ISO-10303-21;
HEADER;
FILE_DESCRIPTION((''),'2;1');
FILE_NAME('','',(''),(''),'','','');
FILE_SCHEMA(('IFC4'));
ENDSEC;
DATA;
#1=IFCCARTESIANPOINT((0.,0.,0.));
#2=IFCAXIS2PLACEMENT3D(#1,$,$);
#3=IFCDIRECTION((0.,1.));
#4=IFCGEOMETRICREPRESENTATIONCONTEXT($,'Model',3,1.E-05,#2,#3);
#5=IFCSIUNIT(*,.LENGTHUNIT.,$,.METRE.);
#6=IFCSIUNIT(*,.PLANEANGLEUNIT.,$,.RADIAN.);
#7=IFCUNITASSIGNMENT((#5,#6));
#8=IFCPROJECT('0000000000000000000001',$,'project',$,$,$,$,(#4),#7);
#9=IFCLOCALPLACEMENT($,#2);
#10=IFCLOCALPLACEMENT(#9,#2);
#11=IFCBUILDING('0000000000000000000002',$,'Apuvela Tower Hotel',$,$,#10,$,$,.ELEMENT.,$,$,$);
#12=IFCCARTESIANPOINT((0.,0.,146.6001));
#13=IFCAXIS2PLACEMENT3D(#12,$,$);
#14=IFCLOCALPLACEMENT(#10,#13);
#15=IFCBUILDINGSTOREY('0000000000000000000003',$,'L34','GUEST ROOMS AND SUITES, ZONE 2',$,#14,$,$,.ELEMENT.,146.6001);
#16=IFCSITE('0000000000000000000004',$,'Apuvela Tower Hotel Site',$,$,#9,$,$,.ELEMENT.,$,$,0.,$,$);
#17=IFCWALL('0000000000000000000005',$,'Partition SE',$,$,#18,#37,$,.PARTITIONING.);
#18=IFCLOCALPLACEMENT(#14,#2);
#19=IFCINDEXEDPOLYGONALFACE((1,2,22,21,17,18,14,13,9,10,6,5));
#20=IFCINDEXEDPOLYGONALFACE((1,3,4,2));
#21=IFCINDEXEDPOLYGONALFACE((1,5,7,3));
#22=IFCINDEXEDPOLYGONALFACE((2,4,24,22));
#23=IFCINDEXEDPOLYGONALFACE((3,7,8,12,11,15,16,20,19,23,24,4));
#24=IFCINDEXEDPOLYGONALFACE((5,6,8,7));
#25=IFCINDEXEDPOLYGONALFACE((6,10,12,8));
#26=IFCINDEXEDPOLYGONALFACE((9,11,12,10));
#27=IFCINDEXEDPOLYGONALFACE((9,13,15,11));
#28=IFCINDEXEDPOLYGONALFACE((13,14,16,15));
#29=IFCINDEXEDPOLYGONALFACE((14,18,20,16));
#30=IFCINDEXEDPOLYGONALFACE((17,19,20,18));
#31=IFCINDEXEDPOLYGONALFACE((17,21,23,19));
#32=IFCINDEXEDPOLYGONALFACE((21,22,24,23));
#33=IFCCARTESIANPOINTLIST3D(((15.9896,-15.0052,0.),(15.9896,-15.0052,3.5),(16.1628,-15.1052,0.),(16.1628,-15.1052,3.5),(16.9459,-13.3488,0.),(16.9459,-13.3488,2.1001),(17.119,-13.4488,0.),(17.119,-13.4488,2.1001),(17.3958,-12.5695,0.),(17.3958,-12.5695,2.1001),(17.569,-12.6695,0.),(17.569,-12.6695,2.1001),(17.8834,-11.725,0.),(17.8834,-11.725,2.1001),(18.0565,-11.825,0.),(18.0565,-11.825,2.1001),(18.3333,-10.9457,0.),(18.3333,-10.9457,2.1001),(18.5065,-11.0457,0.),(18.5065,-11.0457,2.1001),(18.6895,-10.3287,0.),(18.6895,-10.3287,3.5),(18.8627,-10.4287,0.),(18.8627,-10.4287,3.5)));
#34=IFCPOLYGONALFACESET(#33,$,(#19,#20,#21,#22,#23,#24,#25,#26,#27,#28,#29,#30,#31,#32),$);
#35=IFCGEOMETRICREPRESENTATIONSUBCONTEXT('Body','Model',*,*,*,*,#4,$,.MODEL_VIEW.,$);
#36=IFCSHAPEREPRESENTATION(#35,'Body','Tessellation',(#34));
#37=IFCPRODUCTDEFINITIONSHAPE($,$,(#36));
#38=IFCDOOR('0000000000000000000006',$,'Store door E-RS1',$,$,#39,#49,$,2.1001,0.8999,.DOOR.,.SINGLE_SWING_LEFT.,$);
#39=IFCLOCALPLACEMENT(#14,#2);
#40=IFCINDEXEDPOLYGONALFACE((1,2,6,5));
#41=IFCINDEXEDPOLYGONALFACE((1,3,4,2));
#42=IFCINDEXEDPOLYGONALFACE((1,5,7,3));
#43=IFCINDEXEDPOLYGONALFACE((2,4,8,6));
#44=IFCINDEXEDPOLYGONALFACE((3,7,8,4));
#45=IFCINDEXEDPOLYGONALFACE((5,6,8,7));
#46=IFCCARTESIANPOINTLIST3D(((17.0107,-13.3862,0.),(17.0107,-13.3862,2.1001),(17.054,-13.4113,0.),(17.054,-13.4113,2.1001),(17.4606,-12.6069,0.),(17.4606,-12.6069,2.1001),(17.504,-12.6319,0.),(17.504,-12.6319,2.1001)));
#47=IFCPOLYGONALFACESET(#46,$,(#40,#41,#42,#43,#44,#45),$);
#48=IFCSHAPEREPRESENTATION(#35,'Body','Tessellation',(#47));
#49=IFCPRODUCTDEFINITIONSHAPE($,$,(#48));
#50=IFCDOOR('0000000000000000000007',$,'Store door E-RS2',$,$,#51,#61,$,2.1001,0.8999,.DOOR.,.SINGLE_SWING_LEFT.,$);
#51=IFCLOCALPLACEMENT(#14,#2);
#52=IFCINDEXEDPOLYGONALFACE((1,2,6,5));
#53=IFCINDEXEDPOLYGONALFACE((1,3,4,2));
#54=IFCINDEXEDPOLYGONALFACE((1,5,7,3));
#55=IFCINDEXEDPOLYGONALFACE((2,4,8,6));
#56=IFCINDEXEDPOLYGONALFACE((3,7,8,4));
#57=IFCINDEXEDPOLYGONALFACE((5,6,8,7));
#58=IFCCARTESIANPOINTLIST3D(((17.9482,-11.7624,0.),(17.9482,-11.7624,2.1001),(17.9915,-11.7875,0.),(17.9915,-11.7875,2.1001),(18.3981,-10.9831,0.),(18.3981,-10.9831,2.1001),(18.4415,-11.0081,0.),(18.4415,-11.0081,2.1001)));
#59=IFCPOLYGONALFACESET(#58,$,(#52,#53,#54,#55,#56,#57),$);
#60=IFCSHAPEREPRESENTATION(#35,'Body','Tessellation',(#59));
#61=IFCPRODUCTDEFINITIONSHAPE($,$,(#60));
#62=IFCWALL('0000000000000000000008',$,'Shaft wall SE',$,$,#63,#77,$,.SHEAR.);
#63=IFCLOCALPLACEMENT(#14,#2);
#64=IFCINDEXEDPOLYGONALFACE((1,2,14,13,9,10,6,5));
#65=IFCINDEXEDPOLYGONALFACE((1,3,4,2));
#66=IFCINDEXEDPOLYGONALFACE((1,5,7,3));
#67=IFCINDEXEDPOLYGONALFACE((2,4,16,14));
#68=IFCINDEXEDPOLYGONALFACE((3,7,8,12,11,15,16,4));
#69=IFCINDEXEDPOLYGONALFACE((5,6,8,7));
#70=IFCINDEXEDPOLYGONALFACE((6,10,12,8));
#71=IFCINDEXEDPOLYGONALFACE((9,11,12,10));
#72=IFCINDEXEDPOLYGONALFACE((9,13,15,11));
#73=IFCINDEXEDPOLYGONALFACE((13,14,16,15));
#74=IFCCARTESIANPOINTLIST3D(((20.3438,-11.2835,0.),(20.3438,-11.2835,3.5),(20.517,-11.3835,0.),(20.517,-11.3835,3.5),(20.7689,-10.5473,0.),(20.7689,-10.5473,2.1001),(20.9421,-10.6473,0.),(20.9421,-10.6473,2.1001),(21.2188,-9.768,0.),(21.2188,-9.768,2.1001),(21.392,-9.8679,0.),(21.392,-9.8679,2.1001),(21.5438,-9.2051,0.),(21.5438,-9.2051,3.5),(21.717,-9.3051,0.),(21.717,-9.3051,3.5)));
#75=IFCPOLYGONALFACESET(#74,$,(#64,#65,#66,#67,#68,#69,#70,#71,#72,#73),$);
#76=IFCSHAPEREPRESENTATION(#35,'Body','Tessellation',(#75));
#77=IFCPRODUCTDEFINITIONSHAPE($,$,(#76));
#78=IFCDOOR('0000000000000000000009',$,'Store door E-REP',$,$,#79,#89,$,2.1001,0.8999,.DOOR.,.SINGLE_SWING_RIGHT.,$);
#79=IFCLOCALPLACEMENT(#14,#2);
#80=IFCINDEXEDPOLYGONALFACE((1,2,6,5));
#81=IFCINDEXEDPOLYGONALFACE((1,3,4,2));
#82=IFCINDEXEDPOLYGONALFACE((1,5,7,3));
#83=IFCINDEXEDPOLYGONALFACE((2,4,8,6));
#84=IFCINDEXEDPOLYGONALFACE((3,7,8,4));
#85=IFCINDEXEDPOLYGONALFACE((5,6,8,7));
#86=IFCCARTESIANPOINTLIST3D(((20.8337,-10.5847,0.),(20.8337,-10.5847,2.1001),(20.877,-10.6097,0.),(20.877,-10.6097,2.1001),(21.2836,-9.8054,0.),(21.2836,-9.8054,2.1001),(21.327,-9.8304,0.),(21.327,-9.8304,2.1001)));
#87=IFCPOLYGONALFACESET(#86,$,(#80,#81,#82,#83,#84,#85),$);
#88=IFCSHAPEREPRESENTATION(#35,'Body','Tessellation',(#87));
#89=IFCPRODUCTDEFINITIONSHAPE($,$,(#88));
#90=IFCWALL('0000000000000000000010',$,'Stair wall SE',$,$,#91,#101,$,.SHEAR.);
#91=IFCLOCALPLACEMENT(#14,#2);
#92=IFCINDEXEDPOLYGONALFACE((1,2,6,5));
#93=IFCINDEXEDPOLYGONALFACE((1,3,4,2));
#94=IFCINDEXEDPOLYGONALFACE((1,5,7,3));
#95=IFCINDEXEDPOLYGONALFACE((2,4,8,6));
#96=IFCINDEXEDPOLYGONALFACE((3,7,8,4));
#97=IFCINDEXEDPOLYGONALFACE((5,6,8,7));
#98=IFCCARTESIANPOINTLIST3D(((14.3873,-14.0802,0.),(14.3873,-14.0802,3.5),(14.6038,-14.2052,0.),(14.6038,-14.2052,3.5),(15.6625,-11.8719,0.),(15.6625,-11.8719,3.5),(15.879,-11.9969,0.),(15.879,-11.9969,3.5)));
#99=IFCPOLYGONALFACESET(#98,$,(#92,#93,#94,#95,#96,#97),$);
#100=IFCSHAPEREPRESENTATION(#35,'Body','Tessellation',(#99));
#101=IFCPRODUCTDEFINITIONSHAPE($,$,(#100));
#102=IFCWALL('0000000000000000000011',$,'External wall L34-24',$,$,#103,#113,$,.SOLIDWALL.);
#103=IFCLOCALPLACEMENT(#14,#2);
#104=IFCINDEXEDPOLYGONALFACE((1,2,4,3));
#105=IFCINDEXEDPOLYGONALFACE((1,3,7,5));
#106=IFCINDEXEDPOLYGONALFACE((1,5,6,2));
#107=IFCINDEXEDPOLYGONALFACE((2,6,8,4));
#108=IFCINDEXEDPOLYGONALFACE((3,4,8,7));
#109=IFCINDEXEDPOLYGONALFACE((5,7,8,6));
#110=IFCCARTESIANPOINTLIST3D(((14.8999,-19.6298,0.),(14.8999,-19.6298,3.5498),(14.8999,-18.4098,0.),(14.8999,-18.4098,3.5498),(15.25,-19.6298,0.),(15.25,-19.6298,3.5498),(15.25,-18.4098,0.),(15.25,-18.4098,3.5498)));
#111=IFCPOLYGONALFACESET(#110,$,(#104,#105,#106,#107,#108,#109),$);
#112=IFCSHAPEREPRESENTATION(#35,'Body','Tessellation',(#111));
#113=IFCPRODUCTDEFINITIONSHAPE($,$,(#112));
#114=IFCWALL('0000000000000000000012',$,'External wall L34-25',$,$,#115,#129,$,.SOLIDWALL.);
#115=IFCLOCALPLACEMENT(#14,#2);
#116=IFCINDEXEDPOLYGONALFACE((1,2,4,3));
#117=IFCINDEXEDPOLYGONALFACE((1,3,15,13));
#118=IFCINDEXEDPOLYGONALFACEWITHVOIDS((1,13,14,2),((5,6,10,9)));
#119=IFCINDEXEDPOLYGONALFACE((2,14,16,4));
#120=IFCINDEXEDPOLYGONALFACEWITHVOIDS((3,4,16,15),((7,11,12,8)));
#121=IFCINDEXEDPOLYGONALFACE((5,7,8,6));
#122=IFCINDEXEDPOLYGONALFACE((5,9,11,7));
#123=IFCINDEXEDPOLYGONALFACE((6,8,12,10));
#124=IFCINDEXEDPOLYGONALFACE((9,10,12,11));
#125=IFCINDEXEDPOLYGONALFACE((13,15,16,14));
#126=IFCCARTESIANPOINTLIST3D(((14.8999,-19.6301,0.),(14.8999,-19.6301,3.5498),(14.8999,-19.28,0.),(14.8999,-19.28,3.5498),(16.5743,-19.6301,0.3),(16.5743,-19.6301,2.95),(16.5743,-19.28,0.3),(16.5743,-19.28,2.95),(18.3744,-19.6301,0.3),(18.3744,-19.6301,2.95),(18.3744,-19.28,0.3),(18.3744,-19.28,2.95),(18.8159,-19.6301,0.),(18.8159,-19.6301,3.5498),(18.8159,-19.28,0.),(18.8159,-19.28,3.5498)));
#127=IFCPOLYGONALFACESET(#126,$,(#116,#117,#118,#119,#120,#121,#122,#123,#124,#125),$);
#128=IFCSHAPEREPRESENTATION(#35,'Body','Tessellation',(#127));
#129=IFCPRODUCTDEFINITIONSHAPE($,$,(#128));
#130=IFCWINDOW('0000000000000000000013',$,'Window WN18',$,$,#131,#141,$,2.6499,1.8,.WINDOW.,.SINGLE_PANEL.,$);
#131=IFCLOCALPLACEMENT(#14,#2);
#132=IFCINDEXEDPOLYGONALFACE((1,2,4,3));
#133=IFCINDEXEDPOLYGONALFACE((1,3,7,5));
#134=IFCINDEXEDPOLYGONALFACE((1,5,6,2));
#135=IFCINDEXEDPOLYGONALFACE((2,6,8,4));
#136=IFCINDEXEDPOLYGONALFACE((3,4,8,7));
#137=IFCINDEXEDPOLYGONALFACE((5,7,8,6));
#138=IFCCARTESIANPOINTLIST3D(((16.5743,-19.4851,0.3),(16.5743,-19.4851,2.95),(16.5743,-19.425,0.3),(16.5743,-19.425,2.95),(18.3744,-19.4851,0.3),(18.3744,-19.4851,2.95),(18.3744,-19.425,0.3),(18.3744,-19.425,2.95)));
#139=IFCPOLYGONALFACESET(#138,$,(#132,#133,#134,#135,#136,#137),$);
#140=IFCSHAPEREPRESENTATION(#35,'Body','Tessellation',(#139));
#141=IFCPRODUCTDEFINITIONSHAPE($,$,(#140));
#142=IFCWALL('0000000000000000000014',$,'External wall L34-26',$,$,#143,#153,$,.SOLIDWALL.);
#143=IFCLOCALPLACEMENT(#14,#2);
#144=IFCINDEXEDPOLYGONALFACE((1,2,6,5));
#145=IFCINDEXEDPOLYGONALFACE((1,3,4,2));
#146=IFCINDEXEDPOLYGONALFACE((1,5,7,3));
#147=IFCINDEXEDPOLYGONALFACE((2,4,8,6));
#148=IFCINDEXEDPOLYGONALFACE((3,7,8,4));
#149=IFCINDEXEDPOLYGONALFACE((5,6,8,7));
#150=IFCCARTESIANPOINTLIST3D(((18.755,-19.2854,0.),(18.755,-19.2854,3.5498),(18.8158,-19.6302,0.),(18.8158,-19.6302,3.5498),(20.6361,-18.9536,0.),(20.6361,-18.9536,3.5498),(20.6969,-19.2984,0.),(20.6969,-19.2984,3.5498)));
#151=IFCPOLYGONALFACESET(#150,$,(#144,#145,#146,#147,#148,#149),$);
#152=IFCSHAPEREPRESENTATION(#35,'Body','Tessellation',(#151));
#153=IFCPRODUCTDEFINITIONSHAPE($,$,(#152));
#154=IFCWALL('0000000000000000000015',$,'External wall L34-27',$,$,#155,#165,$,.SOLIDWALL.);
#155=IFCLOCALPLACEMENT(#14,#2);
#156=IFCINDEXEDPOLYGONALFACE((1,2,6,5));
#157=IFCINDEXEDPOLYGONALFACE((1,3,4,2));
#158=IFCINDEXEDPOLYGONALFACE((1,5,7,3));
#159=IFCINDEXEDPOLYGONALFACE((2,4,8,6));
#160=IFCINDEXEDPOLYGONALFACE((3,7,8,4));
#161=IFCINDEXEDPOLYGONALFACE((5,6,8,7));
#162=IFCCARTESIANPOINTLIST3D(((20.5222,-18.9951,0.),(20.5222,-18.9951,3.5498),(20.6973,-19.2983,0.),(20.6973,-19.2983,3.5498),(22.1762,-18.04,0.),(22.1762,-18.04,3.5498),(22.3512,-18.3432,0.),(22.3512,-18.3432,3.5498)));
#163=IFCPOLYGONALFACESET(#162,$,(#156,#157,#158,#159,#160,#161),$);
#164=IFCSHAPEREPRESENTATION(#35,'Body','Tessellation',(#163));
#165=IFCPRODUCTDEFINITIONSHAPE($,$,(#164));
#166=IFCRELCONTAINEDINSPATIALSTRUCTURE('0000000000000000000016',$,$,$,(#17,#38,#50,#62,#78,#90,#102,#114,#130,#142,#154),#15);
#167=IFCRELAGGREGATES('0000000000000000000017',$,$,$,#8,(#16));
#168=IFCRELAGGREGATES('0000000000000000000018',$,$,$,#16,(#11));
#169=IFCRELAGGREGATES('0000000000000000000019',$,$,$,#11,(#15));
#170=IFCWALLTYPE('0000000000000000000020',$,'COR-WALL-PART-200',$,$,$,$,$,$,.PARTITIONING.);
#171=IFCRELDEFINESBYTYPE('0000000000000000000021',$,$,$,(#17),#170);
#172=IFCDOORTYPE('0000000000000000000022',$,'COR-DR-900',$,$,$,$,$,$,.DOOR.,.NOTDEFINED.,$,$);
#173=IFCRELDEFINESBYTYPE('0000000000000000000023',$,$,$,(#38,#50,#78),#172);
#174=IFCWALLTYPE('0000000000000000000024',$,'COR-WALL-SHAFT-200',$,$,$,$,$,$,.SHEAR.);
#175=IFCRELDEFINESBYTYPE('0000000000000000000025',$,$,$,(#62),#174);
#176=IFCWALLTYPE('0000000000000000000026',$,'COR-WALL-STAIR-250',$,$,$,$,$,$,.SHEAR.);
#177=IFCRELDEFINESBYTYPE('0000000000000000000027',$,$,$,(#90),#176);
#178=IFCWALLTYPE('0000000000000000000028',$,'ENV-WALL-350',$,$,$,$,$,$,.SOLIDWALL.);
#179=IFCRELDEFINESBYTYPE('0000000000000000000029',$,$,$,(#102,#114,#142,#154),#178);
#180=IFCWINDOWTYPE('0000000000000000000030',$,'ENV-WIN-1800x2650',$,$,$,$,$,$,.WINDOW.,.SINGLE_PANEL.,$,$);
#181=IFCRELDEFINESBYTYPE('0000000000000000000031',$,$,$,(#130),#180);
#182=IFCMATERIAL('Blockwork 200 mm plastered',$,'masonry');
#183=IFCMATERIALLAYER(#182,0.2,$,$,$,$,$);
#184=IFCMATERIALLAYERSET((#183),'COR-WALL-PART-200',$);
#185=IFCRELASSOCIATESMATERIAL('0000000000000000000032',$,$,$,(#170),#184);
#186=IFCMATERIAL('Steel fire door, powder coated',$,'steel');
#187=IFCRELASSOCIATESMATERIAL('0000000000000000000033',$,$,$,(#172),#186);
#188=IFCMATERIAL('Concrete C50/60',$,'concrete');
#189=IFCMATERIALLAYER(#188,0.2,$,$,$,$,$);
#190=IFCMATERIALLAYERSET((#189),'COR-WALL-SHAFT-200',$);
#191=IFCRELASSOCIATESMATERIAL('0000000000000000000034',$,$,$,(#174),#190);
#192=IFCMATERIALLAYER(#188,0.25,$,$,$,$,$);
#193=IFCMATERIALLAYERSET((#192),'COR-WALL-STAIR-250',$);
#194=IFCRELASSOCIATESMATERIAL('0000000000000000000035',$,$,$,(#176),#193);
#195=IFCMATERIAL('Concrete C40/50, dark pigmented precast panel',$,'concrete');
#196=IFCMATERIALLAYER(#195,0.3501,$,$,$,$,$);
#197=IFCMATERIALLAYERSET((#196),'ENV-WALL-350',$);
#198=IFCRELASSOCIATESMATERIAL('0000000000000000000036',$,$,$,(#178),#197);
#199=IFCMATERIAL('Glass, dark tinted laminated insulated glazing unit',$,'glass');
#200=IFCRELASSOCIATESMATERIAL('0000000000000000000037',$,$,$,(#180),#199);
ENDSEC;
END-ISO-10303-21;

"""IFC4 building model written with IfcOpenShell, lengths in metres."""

from ifc_helpers import new_model, si_unit, direction, frame, frame_2d, origin, place, context, subcontext, project, spatial, rectangle, extrude, material, layer, layer_set, type_object, element, fill, save


model = new_model("IFC4")

# Units and contexts
model_context = context("Model", 3, precision=1e-05, world=origin(), true_north=direction((0.0, 1.0)))
body_context = subcontext(model_context, "Body", "Model", "MODEL_VIEW")
ifc_project = project(units=[si_unit("LENGTHUNIT", "METRE"), si_unit("PLANEANGLEUNIT", "RADIAN")], contexts=[model_context])

# Site, building, storey
site_placement = place(None, origin())
site = spatial("IfcSite", under=ifc_project, at=site_placement, Name="Apuvela Tower Hotel Site", CompositionType="ELEMENT", RefElevation=0.0)
building_placement = place(site_placement, origin())
building = spatial("IfcBuilding", under=site, at=building_placement, Name="Apuvela Tower Hotel", CompositionType="ELEMENT")
storey_placement = place(building_placement, frame((0.0, 0.0, 146.6001)))
storey = spatial("IfcBuildingStorey", under=building, at=storey_placement, Name="L34", Description="GUEST ROOMS AND SUITES, ZONE 2", CompositionType="ELEMENT", Elevation=146.6001)

# Wall, openings, doors
ifc_material_1 = material(Name="Blockwork 200 mm plastered", Category="masonry")
ifc_layer_1 = layer(ifc_material_1, 0.2)
ifc_layer_set_1 = layer_set([ifc_layer_1], Name="COR-WALL-PART-200")
wall_type_1 = type_object("IfcWallType", Name="COR-WALL-PART-200", PredefinedType="PARTITIONING", material=ifc_layer_set_1)
wall_1_placement = place(storey_placement, frame((16.0762, -15.0552, 0.0), z_axis=(0.0, 0.0, 1.0), x_axis=(0.499995, 0.866028, 0.0)))
wall_1 = element("IfcWall", 1, at=wall_1_placement, inside=storey, type_object=wall_type_1, Name="Partition SE", PredefinedType="PARTITIONING", context=body_context, shape_type="SweptSolid", body=[
    extrude(rectangle(XDim=5.3999, YDim=0.2, at=frame_2d((2.7, 0.0))), origin(), (0.0, 0.0, 1.0), 3.5),
])
opening_1_placement = place(wall_1_placement, frame((1.9126, 0.0, 0.0)))
opening_1 = element("IfcOpeningElement", 2, at=opening_1_placement, cuts=wall_1, PredefinedType="OPENING", context=body_context, shape_type="SweptSolid", body=[
    extrude(rectangle(XDim=0.8999, YDim=2.1001, at=frame_2d((0.45, 1.05))), frame((0.0, 0.1099, 0.0), z_axis=(0.0, -1.0, 0.0), x_axis=(1.0, 0.0, 0.0)), (0.0, 0.0, 1.0), 0.22),
])
opening_2_placement = place(wall_1_placement, frame((3.7876, 0.0, 0.0)))
opening_2 = element("IfcOpeningElement", 3, at=opening_2_placement, cuts=wall_1, PredefinedType="OPENING", context=body_context, shape_type="SweptSolid", body=[
    extrude(rectangle(XDim=0.8999, YDim=2.1001, at=frame_2d((0.45, 1.05))), frame((0.0, 0.1099, 0.0), z_axis=(0.0, -1.0, 0.0), x_axis=(1.0, 0.0, 0.0)), (0.0, 0.0, 1.0), 0.22),
])
ifc_material_2 = material(Name="Steel fire door, powder coated", Category="steel")
door_type_1 = type_object("IfcDoorType", Name="COR-DR-900", OperationType="NOTDEFINED", PredefinedType="DOOR", material=ifc_material_2)
door_1_placement = place(opening_1_placement, frame((0.8999, 0.0, 0.0), z_axis=(0.0, 0.0, 1.0), x_axis=(-1.0, 0.0, 0.0)))
door_1 = element("IfcDoor", 4, at=door_1_placement, inside=storey, type_object=door_type_1, Name="Store door E-RS1", OperationType="SINGLE_SWING_LEFT", OverallHeight=2.1001, OverallWidth=0.8999, PredefinedType="DOOR", context=body_context, shape_type="SweptSolid", body=[
    extrude(rectangle(XDim=0.8999, YDim=2.1001, at=frame_2d((0.45, 1.05))), frame((0.0, 0.0249, 0.0), z_axis=(0.0, -1.0, 0.0), x_axis=(1.0, 0.0, 0.0)), (0.0, 0.0, 1.0), 0.05),
])
fill(opening_1, door_1)
door_2_placement = place(opening_2_placement, frame((0.8999, 0.0, 0.0), z_axis=(0.0, 0.0, 1.0), x_axis=(-1.0, 0.0, 0.0)))
door_2 = element("IfcDoor", 5, at=door_2_placement, inside=storey, type_object=door_type_1, Name="Store door E-RS2", OperationType="SINGLE_SWING_LEFT", OverallHeight=2.1001, OverallWidth=0.8999, PredefinedType="DOOR", context=body_context, shape_type="SweptSolid", body=[
    extrude(rectangle(XDim=0.8999, YDim=2.1001, at=frame_2d((0.45, 1.05))), frame((0.0, 0.0249, 0.0), z_axis=(0.0, -1.0, 0.0), x_axis=(1.0, 0.0, 0.0)), (0.0, 0.0, 1.0), 0.05),
])
fill(opening_2, door_2)

# Wall, opening, door
ifc_material_3 = material(Name="Concrete C50/60", Category="concrete")
ifc_layer_2 = layer(ifc_material_3, 0.2)
ifc_layer_set_2 = layer_set([ifc_layer_2], Name="COR-WALL-SHAFT-200")
wall_type_2 = type_object("IfcWallType", Name="COR-WALL-SHAFT-200", PredefinedType="SHEAR", material=ifc_layer_set_2)
wall_2_placement = place(storey_placement, frame((20.4304, -11.3335, 0.0), z_axis=(0.0, 0.0, 1.0), x_axis=(0.500001, 0.866025, 0.0)))
wall_2 = element("IfcWall", 6, at=wall_2_placement, inside=storey, type_object=wall_type_2, Name="Shaft wall SE", PredefinedType="SHEAR", context=body_context, shape_type="SweptSolid", body=[
    extrude(rectangle(XDim=2.3999, YDim=0.2, at=frame_2d((1.2, 0.0))), origin(), (0.0, 0.0, 1.0), 3.5),
])
opening_3_placement = place(wall_2_placement, frame((0.8501, 0.0, 0.0)))
opening_3 = element("IfcOpeningElement", 7, at=opening_3_placement, cuts=wall_2, PredefinedType="OPENING", context=body_context, shape_type="SweptSolid", body=[
    extrude(rectangle(XDim=0.8999, YDim=2.1001, at=frame_2d((0.45, 1.05))), frame((0.0, 0.1099, 0.0), z_axis=(0.0, -1.0, 0.0), x_axis=(1.0, 0.0, 0.0)), (0.0, 0.0, 1.0), 0.22),
])
door_3_placement = place(opening_3_placement, frame((0.8999, 0.0, 0.0), z_axis=(0.0, 0.0, 1.0), x_axis=(-1.0, 0.0, 0.0)))
door_3 = element("IfcDoor", 8, at=door_3_placement, inside=storey, type_object=door_type_1, Name="Store door E-REP", OperationType="SINGLE_SWING_RIGHT", OverallHeight=2.1001, OverallWidth=0.8999, PredefinedType="DOOR", context=body_context, shape_type="SweptSolid", body=[
    extrude(rectangle(XDim=0.8999, YDim=2.1001, at=frame_2d((0.45, 1.05))), frame((0.0, 0.0249, 0.0), z_axis=(0.0, -1.0, 0.0), x_axis=(1.0, 0.0, 0.0)), (0.0, 0.0, 1.0), 0.05),
])
fill(opening_3, door_3)

# Walls
ifc_layer_3 = layer(ifc_material_3, 0.25)
ifc_layer_set_3 = layer_set([ifc_layer_3], Name="COR-WALL-STAIR-250")
wall_type_3 = type_object("IfcWallType", Name="COR-WALL-STAIR-250", PredefinedType="SHEAR", material=ifc_layer_set_3)
wall_3_placement = place(storey_placement, frame((14.4956, -14.1426, 0.0), z_axis=(0.0, 0.0, 1.0), x_axis=(0.500062, 0.865989, 0.0)))
element("IfcWall", 9, at=wall_3_placement, inside=storey, type_object=wall_type_3, Name="Stair wall SE", PredefinedType="SHEAR", context=body_context, shape_type="SweptSolid", body=[
    extrude(rectangle(XDim=2.55, YDim=0.25, at=frame_2d((1.2749, 0.0))), origin(), (0.0, 0.0, 1.0), 3.5),
])
ifc_material_4 = material(Name="Concrete C40/50, dark pigmented precast panel", Category="concrete")
ifc_layer_4 = layer(ifc_material_4, 0.3501)
ifc_layer_set_4 = layer_set([ifc_layer_4], Name="ENV-WALL-350")
wall_type_4 = type_object("IfcWallType", Name="ENV-WALL-350", PredefinedType="SOLIDWALL", material=ifc_layer_set_4)
wall_4_placement = place(storey_placement, frame((15.075, -18.4099, 0.0), z_axis=(0.0, 0.0, 1.0), x_axis=(0.0, -1.0, 0.0)))
element("IfcWall", 10, at=wall_4_placement, inside=storey, type_object=wall_type_4, Name="External wall L34-24", PredefinedType="SOLIDWALL", context=body_context, shape_type="SweptSolid", body=[
    extrude(rectangle(XDim=1.22, YDim=0.3501, at=frame_2d((0.6099, 0.0))), origin(), (0.0, 0.0, 1.0), 3.5498),
])

# Wall, opening, window
wall_5_placement = place(storey_placement, frame((14.8999, -19.4551, 0.0), z_axis=(0.0, 0.0, 1.0), x_axis=(1.0, 0.0, 0.0)))
wall_5 = element("IfcWall", 11, at=wall_5_placement, inside=storey, type_object=wall_type_4, Name="External wall L34-25", PredefinedType="SOLIDWALL", context=body_context, shape_type="SweptSolid", body=[
    extrude(rectangle(XDim=3.916, YDim=0.3501, at=frame_2d((1.958, 0.0))), origin(), (0.0, 0.0, 1.0), 3.5498),
])
opening_4_placement = place(wall_5_placement, frame((1.6746, 0.0, 0.3)))
opening_4 = element("IfcOpeningElement", 12, at=opening_4_placement, cuts=wall_5, PredefinedType="OPENING", context=body_context, shape_type="SweptSolid", body=[
    extrude(rectangle(XDim=1.8, YDim=2.6499, at=frame_2d((0.8999, 1.325))), frame((0.0, 0.1851, 0.0), z_axis=(0.0, -1.0, 0.0), x_axis=(1.0, 0.0, 0.0)), (0.0, 0.0, 1.0), 0.3701),
])
ifc_material_5 = material(Name="Glass, dark tinted laminated insulated glazing unit", Category="glass")
window_type = type_object("IfcWindowType", Name="ENV-WIN-1800x2650", PartitioningType="SINGLE_PANEL", PredefinedType="WINDOW", material=ifc_material_5)
window_placement = place(opening_4_placement, origin())
window = element("IfcWindow", 13, at=window_placement, inside=storey, type_object=window_type, Name="Window WN18", OverallHeight=2.6499, OverallWidth=1.8, PartitioningType="SINGLE_PANEL", PredefinedType="WINDOW", context=body_context, shape_type="SweptSolid", body=[
    extrude(rectangle(XDim=1.8, YDim=2.6499, at=frame_2d((0.8999, 1.325))), frame((0.0, 0.03, 0.0), z_axis=(0.0, -1.0, 0.0), x_axis=(1.0, 0.0, 0.0)), (0.0, 0.0, 1.0), 0.0601),
])
fill(opening_4, window)

# Walls
wall_6_placement = place(storey_placement, frame((18.7854, -19.4578, 0.0), z_axis=(0.0, 0.0, 1.0), x_axis=(0.984799, 0.173698, 0.0)))
element("IfcWall", 14, at=wall_6_placement, inside=storey, type_object=wall_type_4, Name="External wall L34-26", PredefinedType="SOLIDWALL", context=body_context, shape_type="SweptSolid", body=[
    extrude(rectangle(XDim=1.9102, YDim=0.3501, at=frame_2d((0.9551, 0.0))), origin(), (0.0, 0.0, 1.0), 3.5498),
])
for number, where, z_axis, x_axis, name in (
    (15, (20.6096, -19.1467, 0.0), (0.0, 0.0, 1.0), (0.866, 0.500043, 0.0), "External wall L34-27"),
):
    element("IfcWall", number, at=place(storey_placement, frame(where, z_axis=z_axis, x_axis=x_axis)), inside=storey, type_object=wall_type_4, Name=name, PredefinedType="SOLIDWALL", context=body_context, shape_type="SweptSolid", body=[
        extrude(rectangle(XDim=1.9099, YDim=0.3501, at=frame_2d((0.9551, 0.0))), origin(), (0.0, 0.0, 1.0), 3.5498),
    ])

save(model, "model.ifc")
